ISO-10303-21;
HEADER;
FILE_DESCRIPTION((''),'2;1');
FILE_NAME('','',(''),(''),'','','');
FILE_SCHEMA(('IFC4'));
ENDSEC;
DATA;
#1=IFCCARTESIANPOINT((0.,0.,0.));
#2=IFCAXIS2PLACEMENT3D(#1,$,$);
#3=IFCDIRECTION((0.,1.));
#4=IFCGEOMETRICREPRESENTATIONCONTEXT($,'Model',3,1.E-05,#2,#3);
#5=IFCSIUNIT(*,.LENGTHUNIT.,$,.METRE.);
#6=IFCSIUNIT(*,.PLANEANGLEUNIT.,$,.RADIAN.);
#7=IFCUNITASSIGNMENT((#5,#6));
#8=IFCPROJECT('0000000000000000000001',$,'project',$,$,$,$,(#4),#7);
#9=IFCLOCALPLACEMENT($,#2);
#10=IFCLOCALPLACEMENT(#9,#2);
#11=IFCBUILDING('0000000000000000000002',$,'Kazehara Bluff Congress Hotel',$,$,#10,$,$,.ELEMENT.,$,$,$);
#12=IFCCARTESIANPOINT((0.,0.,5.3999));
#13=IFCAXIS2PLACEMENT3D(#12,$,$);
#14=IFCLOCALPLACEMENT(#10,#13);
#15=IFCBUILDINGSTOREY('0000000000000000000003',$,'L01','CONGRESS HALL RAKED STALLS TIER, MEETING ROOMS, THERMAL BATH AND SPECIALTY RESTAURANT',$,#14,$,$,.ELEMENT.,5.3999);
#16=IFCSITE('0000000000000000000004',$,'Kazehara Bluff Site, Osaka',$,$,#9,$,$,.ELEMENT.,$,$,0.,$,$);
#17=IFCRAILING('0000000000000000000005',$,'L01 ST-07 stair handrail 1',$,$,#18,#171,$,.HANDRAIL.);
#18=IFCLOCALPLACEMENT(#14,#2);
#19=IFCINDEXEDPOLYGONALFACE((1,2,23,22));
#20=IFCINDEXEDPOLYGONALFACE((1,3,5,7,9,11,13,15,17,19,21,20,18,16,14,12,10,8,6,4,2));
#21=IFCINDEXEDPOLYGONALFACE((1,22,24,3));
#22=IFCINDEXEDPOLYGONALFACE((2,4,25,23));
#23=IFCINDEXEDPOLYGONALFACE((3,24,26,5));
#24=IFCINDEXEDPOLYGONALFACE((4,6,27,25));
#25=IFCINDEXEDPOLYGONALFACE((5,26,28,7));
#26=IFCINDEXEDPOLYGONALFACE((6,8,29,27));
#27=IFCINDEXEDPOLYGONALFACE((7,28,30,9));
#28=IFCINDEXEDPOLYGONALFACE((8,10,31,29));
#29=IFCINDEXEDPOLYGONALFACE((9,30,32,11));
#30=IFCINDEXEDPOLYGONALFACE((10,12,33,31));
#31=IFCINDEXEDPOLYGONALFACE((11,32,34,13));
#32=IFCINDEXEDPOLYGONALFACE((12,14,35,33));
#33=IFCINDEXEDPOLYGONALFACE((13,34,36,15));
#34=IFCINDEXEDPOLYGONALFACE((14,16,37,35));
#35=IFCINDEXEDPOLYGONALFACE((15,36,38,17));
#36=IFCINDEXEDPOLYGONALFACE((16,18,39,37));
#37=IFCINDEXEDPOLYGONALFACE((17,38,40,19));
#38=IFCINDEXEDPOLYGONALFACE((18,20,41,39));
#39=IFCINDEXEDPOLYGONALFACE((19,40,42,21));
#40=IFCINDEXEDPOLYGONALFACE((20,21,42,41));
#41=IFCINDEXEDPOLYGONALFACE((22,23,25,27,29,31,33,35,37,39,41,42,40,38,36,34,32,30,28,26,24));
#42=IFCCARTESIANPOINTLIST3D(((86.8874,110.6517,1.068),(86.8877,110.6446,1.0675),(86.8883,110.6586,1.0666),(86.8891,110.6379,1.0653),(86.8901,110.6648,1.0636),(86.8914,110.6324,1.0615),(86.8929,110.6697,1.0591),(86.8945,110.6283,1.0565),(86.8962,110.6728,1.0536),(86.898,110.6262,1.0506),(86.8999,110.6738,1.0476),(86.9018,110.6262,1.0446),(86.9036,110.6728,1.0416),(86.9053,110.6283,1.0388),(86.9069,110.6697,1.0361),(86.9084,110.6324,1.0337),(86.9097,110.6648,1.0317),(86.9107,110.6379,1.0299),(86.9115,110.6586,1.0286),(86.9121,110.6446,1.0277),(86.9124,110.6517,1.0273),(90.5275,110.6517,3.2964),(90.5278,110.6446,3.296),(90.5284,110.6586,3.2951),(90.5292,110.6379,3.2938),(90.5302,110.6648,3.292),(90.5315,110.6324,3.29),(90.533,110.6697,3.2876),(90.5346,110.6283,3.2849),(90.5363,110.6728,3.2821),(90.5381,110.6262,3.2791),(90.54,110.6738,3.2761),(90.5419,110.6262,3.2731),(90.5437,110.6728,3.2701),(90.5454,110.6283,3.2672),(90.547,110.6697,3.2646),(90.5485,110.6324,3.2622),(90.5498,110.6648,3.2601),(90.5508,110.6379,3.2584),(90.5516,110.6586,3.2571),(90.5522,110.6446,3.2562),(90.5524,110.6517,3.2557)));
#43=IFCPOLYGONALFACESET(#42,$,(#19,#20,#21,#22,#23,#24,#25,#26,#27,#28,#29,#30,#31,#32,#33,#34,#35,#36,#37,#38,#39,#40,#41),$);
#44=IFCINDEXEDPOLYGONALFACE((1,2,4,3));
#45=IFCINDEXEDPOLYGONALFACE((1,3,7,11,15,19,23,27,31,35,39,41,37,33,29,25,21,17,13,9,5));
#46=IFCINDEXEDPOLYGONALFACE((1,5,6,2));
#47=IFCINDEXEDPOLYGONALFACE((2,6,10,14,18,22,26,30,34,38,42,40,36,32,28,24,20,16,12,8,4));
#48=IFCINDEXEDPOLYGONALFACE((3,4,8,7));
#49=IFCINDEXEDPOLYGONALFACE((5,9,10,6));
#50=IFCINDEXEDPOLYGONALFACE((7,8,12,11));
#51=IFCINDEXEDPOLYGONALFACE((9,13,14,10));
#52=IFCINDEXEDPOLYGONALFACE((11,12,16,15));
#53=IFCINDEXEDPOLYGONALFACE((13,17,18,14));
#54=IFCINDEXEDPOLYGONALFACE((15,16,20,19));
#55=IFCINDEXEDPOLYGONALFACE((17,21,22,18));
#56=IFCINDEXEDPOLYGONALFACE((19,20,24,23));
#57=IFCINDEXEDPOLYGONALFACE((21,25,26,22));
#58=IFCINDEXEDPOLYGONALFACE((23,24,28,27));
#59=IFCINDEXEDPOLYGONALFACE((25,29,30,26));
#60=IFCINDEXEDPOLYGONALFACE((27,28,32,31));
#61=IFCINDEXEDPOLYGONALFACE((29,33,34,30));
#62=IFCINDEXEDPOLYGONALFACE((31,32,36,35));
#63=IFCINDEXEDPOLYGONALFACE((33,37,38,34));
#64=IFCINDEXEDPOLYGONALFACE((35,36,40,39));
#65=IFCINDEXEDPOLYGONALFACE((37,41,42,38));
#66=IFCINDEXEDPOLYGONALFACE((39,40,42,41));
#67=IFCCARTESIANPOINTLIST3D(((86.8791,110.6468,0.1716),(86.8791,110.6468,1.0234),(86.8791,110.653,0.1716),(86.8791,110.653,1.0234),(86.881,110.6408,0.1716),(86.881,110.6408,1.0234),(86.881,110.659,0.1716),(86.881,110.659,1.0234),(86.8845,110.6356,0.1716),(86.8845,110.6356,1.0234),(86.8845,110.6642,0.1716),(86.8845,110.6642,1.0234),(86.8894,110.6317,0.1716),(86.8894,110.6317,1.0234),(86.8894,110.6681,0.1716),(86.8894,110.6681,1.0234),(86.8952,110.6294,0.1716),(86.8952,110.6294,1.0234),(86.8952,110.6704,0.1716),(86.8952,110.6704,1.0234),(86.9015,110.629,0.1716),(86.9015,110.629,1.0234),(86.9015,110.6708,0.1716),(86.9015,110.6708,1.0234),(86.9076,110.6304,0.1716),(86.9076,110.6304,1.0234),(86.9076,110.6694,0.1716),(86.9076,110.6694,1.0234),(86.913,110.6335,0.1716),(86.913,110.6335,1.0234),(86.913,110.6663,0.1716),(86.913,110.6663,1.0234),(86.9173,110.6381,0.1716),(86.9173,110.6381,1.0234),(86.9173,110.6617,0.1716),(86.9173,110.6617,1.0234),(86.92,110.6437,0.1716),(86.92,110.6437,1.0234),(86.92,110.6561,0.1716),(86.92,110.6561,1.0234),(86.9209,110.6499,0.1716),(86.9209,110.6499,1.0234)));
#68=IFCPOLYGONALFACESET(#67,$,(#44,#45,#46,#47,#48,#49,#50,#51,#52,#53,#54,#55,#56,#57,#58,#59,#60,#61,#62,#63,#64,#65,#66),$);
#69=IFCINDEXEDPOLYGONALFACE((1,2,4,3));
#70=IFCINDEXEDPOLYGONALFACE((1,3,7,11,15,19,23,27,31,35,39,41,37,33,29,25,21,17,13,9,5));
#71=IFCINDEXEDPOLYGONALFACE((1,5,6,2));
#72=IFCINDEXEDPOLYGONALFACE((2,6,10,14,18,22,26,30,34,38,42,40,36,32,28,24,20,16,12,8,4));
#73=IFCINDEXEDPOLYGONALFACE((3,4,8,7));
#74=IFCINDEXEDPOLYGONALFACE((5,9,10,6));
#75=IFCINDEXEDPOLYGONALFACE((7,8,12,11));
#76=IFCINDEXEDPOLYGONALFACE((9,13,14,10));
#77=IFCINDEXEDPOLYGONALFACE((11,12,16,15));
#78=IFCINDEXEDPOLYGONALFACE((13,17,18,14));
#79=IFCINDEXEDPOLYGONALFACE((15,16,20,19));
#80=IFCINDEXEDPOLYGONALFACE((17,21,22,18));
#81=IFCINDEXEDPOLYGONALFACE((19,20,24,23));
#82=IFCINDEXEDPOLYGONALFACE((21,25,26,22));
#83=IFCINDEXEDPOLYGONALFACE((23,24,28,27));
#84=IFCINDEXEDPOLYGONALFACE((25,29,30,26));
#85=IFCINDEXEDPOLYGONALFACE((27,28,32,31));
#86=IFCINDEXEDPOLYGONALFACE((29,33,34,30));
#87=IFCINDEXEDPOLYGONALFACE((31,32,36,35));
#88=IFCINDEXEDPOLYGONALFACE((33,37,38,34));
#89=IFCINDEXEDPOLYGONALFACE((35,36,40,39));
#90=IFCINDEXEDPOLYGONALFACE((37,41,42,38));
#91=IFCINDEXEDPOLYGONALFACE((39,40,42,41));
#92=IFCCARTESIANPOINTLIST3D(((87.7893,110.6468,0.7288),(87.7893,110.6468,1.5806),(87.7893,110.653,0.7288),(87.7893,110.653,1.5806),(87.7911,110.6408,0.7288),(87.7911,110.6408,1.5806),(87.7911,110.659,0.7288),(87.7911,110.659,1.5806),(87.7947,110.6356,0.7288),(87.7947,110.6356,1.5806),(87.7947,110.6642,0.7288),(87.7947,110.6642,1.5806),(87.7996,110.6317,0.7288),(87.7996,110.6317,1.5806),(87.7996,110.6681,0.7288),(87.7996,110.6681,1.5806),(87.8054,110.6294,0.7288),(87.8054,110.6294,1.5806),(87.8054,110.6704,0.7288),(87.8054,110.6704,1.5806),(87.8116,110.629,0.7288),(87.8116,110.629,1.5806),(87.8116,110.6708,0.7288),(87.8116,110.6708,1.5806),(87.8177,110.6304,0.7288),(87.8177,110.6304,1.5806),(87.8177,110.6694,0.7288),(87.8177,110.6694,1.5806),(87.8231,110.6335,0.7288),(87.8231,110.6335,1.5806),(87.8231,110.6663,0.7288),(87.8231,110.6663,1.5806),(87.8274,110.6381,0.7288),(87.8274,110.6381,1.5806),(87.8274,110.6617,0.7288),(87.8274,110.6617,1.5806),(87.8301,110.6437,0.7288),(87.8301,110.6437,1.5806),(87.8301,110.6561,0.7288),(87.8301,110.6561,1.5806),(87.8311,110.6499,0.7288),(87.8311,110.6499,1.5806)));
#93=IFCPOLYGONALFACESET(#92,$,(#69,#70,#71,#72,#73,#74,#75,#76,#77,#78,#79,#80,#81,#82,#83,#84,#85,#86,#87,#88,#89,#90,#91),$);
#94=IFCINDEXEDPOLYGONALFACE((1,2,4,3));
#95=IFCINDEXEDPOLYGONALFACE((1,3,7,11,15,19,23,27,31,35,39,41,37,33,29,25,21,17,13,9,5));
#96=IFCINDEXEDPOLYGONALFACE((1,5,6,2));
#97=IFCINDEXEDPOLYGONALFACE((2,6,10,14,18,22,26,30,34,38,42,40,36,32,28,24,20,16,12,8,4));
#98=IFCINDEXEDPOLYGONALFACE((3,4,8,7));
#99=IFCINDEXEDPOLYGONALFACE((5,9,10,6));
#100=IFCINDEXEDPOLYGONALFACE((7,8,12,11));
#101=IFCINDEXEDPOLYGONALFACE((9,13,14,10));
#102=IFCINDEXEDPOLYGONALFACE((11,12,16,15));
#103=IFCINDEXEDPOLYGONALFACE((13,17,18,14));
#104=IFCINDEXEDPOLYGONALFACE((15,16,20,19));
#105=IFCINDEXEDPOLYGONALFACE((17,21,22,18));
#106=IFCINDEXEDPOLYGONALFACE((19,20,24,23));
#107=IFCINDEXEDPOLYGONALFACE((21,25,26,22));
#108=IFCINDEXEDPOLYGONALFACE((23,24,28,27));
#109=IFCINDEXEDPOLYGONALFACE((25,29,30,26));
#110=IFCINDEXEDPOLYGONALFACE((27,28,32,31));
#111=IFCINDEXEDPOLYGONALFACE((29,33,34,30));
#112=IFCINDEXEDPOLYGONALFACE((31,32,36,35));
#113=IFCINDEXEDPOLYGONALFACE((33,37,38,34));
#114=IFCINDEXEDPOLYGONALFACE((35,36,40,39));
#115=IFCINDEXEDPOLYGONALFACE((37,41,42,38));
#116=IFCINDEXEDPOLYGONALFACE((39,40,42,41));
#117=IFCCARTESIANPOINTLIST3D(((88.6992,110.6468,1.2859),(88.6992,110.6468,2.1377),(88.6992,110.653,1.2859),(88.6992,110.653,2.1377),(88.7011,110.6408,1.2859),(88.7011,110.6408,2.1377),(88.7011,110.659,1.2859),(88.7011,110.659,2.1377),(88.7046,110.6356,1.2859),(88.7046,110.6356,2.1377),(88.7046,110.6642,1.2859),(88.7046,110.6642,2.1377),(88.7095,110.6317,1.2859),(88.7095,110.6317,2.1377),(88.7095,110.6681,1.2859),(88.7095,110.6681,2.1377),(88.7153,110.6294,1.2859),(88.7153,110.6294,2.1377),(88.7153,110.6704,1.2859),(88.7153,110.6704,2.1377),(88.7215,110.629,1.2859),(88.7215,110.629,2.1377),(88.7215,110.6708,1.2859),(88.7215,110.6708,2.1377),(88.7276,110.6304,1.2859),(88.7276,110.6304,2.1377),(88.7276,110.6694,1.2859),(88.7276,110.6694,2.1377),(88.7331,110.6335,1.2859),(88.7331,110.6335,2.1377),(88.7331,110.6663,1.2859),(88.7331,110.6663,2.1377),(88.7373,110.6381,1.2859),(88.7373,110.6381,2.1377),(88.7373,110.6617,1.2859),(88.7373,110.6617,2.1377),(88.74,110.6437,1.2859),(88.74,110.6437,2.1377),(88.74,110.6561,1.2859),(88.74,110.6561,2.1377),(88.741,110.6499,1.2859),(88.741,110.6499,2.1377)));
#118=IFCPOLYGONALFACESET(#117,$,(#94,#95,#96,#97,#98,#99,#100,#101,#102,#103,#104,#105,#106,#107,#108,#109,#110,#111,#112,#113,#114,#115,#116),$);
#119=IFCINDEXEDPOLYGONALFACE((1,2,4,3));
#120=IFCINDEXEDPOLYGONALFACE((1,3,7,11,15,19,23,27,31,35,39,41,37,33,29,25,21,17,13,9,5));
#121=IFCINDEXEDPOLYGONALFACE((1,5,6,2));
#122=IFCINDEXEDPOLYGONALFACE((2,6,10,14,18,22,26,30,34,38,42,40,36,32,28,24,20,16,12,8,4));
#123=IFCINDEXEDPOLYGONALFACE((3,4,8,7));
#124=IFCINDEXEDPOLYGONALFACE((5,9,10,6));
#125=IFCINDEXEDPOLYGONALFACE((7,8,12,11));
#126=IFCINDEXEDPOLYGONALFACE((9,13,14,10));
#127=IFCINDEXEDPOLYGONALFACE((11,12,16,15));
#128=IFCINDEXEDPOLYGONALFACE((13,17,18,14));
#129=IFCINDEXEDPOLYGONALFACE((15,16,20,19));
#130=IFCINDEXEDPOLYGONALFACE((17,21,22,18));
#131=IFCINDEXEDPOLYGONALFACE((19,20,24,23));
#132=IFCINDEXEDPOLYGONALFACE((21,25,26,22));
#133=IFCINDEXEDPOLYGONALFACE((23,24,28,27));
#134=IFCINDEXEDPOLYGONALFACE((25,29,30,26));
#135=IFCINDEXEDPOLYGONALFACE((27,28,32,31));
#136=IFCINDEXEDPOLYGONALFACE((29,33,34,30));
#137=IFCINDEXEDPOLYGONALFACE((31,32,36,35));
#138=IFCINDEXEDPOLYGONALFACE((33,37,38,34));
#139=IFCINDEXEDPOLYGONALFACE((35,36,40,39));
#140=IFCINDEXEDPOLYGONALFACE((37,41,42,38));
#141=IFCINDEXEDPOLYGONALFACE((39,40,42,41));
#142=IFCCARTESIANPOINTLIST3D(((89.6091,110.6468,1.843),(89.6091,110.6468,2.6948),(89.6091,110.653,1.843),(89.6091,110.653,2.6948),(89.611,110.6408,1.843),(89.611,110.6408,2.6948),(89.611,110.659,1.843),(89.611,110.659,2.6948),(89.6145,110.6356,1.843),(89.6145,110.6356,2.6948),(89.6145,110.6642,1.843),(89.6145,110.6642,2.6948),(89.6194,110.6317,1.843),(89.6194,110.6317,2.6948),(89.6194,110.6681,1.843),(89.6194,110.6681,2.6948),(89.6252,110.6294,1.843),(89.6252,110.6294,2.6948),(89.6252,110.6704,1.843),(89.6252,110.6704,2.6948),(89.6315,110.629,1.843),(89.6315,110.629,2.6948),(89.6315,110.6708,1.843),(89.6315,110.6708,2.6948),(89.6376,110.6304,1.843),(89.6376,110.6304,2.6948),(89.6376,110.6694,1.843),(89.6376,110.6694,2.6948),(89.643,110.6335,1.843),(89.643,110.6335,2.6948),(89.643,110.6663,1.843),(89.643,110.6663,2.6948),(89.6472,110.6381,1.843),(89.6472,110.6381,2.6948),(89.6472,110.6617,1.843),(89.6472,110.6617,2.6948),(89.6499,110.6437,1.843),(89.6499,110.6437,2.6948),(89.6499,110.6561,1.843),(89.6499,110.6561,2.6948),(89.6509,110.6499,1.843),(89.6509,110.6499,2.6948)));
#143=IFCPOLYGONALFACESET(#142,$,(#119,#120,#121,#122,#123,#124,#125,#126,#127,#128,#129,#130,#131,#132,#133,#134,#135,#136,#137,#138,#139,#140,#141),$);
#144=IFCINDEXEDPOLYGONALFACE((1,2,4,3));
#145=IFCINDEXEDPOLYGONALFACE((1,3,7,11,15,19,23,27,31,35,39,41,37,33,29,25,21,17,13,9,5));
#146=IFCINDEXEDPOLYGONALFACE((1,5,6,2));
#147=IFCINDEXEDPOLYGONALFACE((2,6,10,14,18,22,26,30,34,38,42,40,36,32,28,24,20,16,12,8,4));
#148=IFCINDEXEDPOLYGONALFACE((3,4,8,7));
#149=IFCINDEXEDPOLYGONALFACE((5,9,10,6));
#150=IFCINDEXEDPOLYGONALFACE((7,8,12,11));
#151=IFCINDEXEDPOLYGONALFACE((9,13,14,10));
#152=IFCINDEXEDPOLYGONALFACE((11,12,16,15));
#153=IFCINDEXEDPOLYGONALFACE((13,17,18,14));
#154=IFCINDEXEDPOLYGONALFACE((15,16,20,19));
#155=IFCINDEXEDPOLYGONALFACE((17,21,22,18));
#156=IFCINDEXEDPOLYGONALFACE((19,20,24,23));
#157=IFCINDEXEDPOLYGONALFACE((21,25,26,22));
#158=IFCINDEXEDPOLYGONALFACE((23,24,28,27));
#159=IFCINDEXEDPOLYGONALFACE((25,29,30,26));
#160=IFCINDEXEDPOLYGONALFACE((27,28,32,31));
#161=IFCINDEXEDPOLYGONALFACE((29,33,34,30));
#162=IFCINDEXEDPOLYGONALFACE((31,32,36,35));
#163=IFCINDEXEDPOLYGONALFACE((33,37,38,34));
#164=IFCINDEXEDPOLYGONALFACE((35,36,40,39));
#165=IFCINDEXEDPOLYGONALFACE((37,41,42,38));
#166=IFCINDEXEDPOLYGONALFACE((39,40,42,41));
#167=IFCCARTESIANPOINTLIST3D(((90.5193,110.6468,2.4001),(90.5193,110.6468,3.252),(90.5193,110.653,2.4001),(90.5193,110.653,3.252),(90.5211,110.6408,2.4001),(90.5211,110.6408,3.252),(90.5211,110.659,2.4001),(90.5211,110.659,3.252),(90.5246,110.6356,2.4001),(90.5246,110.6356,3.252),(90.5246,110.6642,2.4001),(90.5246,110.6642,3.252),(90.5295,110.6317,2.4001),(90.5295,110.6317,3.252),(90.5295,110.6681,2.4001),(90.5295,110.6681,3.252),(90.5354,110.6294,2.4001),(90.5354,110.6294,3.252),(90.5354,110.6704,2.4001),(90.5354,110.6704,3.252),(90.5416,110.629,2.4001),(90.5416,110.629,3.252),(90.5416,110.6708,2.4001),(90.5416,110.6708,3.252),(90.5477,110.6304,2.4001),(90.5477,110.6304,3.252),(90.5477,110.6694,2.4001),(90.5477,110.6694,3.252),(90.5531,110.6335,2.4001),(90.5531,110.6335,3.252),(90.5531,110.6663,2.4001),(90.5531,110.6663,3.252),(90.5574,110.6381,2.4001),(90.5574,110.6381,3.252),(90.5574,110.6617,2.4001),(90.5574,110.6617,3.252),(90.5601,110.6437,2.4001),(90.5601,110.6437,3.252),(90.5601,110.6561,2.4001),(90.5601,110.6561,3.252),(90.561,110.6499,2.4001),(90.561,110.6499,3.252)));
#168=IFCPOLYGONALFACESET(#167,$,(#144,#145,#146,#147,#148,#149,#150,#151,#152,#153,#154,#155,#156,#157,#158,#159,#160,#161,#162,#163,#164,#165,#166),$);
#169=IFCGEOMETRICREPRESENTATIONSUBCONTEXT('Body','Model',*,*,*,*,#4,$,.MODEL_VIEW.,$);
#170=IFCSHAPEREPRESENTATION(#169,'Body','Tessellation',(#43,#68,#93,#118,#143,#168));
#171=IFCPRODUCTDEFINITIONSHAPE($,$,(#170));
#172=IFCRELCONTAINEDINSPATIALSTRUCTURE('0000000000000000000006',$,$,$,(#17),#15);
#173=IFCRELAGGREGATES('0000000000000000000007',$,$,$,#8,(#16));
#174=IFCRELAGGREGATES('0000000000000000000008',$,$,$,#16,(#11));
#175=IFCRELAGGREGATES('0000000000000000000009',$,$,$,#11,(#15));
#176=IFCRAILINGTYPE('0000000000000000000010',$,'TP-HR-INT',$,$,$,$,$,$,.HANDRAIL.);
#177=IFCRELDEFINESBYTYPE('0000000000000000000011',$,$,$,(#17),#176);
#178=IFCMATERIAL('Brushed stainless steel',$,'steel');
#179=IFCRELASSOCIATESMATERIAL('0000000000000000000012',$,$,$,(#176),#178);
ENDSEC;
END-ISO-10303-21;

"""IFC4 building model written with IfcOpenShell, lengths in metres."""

from ifc_helpers import new_model, si_unit, direction, frame, origin, origin_2d, place, context, subcontext, project, spatial, circle, extrude, material, type_object, element, save


model = new_model("IFC4")

# Units and contexts
model_context = context("Model", 3, precision=1e-05, world=origin(), true_north=direction((0.0, 1.0)))
body_context = subcontext(model_context, "Body", "Model", "MODEL_VIEW")
ifc_project = project(units=[si_unit("LENGTHUNIT", "METRE"), si_unit("PLANEANGLEUNIT", "RADIAN")], contexts=[model_context])

# Site, building, storey
site_placement = place(None, origin())
site = spatial("IfcSite", under=ifc_project, at=site_placement, Name="Kazehara Bluff Site, Osaka", CompositionType="ELEMENT", RefElevation=0.0)
building_placement = place(site_placement, origin())
building = spatial("IfcBuilding", under=site, at=building_placement, Name="Kazehara Bluff Congress Hotel", CompositionType="ELEMENT")
storey_placement = place(building_placement, frame((0.0, 0.0, 5.3999)))
storey = spatial("IfcBuildingStorey", under=building, at=storey_placement, Name="L01", Description="CONGRESS HALL RAKED STALLS TIER, MEETING ROOMS, THERMAL BATH AND SPECIALTY RESTAURANT", CompositionType="ELEMENT", Elevation=5.3999)

# Railing
ifc_material_1 = material(Name="Brushed stainless steel", Category="steel")
railing_type_1 = type_object("IfcRailingType", Name="TP-HR-INT", PredefinedType="HANDRAIL", material=ifc_material_1)
railing_1_placement = place(storey_placement, frame((86.8999, 110.6499, 0.1716)))
element("IfcRailing", 1, at=railing_1_placement, inside=storey, type_object=railing_type_1, Name="L01 ST-07 stair handrail 1", PredefinedType="HANDRAIL", context=body_context, shape_type="SweptSolid", body=[
    extrude(circle(Radius=0.0239, at=origin_2d()), frame((0.0, 0.0, 0.876), z_axis=(0.852866, 0.0, 0.52213), x_axis=(0.0, 1.0, 0.0)), (0.0, 0.0, 1.0), 4.2681),
    extrude(circle(Radius=0.021, at=origin_2d()), origin(), (0.0, 0.0, 1.0), 0.8518),
    extrude(circle(Radius=0.021, at=origin_2d()), frame((0.9102, 0.0, 0.5571)), (0.0, 0.0, 1.0), 0.8518),
    extrude(circle(Radius=0.021, at=origin_2d()), frame((1.8201, 0.0, 1.1143)), (0.0, 0.0, 1.0), 0.8518),
    extrude(circle(Radius=0.021, at=origin_2d()), frame((2.73, 0.0, 1.6714)), (0.0, 0.0, 1.0), 0.8518),
    extrude(circle(Radius=0.021, at=origin_2d()), frame((3.6401, 0.0, 2.2285)), (0.0, 0.0, 1.0), 0.8518),
])

save(model, "model.ifc")
